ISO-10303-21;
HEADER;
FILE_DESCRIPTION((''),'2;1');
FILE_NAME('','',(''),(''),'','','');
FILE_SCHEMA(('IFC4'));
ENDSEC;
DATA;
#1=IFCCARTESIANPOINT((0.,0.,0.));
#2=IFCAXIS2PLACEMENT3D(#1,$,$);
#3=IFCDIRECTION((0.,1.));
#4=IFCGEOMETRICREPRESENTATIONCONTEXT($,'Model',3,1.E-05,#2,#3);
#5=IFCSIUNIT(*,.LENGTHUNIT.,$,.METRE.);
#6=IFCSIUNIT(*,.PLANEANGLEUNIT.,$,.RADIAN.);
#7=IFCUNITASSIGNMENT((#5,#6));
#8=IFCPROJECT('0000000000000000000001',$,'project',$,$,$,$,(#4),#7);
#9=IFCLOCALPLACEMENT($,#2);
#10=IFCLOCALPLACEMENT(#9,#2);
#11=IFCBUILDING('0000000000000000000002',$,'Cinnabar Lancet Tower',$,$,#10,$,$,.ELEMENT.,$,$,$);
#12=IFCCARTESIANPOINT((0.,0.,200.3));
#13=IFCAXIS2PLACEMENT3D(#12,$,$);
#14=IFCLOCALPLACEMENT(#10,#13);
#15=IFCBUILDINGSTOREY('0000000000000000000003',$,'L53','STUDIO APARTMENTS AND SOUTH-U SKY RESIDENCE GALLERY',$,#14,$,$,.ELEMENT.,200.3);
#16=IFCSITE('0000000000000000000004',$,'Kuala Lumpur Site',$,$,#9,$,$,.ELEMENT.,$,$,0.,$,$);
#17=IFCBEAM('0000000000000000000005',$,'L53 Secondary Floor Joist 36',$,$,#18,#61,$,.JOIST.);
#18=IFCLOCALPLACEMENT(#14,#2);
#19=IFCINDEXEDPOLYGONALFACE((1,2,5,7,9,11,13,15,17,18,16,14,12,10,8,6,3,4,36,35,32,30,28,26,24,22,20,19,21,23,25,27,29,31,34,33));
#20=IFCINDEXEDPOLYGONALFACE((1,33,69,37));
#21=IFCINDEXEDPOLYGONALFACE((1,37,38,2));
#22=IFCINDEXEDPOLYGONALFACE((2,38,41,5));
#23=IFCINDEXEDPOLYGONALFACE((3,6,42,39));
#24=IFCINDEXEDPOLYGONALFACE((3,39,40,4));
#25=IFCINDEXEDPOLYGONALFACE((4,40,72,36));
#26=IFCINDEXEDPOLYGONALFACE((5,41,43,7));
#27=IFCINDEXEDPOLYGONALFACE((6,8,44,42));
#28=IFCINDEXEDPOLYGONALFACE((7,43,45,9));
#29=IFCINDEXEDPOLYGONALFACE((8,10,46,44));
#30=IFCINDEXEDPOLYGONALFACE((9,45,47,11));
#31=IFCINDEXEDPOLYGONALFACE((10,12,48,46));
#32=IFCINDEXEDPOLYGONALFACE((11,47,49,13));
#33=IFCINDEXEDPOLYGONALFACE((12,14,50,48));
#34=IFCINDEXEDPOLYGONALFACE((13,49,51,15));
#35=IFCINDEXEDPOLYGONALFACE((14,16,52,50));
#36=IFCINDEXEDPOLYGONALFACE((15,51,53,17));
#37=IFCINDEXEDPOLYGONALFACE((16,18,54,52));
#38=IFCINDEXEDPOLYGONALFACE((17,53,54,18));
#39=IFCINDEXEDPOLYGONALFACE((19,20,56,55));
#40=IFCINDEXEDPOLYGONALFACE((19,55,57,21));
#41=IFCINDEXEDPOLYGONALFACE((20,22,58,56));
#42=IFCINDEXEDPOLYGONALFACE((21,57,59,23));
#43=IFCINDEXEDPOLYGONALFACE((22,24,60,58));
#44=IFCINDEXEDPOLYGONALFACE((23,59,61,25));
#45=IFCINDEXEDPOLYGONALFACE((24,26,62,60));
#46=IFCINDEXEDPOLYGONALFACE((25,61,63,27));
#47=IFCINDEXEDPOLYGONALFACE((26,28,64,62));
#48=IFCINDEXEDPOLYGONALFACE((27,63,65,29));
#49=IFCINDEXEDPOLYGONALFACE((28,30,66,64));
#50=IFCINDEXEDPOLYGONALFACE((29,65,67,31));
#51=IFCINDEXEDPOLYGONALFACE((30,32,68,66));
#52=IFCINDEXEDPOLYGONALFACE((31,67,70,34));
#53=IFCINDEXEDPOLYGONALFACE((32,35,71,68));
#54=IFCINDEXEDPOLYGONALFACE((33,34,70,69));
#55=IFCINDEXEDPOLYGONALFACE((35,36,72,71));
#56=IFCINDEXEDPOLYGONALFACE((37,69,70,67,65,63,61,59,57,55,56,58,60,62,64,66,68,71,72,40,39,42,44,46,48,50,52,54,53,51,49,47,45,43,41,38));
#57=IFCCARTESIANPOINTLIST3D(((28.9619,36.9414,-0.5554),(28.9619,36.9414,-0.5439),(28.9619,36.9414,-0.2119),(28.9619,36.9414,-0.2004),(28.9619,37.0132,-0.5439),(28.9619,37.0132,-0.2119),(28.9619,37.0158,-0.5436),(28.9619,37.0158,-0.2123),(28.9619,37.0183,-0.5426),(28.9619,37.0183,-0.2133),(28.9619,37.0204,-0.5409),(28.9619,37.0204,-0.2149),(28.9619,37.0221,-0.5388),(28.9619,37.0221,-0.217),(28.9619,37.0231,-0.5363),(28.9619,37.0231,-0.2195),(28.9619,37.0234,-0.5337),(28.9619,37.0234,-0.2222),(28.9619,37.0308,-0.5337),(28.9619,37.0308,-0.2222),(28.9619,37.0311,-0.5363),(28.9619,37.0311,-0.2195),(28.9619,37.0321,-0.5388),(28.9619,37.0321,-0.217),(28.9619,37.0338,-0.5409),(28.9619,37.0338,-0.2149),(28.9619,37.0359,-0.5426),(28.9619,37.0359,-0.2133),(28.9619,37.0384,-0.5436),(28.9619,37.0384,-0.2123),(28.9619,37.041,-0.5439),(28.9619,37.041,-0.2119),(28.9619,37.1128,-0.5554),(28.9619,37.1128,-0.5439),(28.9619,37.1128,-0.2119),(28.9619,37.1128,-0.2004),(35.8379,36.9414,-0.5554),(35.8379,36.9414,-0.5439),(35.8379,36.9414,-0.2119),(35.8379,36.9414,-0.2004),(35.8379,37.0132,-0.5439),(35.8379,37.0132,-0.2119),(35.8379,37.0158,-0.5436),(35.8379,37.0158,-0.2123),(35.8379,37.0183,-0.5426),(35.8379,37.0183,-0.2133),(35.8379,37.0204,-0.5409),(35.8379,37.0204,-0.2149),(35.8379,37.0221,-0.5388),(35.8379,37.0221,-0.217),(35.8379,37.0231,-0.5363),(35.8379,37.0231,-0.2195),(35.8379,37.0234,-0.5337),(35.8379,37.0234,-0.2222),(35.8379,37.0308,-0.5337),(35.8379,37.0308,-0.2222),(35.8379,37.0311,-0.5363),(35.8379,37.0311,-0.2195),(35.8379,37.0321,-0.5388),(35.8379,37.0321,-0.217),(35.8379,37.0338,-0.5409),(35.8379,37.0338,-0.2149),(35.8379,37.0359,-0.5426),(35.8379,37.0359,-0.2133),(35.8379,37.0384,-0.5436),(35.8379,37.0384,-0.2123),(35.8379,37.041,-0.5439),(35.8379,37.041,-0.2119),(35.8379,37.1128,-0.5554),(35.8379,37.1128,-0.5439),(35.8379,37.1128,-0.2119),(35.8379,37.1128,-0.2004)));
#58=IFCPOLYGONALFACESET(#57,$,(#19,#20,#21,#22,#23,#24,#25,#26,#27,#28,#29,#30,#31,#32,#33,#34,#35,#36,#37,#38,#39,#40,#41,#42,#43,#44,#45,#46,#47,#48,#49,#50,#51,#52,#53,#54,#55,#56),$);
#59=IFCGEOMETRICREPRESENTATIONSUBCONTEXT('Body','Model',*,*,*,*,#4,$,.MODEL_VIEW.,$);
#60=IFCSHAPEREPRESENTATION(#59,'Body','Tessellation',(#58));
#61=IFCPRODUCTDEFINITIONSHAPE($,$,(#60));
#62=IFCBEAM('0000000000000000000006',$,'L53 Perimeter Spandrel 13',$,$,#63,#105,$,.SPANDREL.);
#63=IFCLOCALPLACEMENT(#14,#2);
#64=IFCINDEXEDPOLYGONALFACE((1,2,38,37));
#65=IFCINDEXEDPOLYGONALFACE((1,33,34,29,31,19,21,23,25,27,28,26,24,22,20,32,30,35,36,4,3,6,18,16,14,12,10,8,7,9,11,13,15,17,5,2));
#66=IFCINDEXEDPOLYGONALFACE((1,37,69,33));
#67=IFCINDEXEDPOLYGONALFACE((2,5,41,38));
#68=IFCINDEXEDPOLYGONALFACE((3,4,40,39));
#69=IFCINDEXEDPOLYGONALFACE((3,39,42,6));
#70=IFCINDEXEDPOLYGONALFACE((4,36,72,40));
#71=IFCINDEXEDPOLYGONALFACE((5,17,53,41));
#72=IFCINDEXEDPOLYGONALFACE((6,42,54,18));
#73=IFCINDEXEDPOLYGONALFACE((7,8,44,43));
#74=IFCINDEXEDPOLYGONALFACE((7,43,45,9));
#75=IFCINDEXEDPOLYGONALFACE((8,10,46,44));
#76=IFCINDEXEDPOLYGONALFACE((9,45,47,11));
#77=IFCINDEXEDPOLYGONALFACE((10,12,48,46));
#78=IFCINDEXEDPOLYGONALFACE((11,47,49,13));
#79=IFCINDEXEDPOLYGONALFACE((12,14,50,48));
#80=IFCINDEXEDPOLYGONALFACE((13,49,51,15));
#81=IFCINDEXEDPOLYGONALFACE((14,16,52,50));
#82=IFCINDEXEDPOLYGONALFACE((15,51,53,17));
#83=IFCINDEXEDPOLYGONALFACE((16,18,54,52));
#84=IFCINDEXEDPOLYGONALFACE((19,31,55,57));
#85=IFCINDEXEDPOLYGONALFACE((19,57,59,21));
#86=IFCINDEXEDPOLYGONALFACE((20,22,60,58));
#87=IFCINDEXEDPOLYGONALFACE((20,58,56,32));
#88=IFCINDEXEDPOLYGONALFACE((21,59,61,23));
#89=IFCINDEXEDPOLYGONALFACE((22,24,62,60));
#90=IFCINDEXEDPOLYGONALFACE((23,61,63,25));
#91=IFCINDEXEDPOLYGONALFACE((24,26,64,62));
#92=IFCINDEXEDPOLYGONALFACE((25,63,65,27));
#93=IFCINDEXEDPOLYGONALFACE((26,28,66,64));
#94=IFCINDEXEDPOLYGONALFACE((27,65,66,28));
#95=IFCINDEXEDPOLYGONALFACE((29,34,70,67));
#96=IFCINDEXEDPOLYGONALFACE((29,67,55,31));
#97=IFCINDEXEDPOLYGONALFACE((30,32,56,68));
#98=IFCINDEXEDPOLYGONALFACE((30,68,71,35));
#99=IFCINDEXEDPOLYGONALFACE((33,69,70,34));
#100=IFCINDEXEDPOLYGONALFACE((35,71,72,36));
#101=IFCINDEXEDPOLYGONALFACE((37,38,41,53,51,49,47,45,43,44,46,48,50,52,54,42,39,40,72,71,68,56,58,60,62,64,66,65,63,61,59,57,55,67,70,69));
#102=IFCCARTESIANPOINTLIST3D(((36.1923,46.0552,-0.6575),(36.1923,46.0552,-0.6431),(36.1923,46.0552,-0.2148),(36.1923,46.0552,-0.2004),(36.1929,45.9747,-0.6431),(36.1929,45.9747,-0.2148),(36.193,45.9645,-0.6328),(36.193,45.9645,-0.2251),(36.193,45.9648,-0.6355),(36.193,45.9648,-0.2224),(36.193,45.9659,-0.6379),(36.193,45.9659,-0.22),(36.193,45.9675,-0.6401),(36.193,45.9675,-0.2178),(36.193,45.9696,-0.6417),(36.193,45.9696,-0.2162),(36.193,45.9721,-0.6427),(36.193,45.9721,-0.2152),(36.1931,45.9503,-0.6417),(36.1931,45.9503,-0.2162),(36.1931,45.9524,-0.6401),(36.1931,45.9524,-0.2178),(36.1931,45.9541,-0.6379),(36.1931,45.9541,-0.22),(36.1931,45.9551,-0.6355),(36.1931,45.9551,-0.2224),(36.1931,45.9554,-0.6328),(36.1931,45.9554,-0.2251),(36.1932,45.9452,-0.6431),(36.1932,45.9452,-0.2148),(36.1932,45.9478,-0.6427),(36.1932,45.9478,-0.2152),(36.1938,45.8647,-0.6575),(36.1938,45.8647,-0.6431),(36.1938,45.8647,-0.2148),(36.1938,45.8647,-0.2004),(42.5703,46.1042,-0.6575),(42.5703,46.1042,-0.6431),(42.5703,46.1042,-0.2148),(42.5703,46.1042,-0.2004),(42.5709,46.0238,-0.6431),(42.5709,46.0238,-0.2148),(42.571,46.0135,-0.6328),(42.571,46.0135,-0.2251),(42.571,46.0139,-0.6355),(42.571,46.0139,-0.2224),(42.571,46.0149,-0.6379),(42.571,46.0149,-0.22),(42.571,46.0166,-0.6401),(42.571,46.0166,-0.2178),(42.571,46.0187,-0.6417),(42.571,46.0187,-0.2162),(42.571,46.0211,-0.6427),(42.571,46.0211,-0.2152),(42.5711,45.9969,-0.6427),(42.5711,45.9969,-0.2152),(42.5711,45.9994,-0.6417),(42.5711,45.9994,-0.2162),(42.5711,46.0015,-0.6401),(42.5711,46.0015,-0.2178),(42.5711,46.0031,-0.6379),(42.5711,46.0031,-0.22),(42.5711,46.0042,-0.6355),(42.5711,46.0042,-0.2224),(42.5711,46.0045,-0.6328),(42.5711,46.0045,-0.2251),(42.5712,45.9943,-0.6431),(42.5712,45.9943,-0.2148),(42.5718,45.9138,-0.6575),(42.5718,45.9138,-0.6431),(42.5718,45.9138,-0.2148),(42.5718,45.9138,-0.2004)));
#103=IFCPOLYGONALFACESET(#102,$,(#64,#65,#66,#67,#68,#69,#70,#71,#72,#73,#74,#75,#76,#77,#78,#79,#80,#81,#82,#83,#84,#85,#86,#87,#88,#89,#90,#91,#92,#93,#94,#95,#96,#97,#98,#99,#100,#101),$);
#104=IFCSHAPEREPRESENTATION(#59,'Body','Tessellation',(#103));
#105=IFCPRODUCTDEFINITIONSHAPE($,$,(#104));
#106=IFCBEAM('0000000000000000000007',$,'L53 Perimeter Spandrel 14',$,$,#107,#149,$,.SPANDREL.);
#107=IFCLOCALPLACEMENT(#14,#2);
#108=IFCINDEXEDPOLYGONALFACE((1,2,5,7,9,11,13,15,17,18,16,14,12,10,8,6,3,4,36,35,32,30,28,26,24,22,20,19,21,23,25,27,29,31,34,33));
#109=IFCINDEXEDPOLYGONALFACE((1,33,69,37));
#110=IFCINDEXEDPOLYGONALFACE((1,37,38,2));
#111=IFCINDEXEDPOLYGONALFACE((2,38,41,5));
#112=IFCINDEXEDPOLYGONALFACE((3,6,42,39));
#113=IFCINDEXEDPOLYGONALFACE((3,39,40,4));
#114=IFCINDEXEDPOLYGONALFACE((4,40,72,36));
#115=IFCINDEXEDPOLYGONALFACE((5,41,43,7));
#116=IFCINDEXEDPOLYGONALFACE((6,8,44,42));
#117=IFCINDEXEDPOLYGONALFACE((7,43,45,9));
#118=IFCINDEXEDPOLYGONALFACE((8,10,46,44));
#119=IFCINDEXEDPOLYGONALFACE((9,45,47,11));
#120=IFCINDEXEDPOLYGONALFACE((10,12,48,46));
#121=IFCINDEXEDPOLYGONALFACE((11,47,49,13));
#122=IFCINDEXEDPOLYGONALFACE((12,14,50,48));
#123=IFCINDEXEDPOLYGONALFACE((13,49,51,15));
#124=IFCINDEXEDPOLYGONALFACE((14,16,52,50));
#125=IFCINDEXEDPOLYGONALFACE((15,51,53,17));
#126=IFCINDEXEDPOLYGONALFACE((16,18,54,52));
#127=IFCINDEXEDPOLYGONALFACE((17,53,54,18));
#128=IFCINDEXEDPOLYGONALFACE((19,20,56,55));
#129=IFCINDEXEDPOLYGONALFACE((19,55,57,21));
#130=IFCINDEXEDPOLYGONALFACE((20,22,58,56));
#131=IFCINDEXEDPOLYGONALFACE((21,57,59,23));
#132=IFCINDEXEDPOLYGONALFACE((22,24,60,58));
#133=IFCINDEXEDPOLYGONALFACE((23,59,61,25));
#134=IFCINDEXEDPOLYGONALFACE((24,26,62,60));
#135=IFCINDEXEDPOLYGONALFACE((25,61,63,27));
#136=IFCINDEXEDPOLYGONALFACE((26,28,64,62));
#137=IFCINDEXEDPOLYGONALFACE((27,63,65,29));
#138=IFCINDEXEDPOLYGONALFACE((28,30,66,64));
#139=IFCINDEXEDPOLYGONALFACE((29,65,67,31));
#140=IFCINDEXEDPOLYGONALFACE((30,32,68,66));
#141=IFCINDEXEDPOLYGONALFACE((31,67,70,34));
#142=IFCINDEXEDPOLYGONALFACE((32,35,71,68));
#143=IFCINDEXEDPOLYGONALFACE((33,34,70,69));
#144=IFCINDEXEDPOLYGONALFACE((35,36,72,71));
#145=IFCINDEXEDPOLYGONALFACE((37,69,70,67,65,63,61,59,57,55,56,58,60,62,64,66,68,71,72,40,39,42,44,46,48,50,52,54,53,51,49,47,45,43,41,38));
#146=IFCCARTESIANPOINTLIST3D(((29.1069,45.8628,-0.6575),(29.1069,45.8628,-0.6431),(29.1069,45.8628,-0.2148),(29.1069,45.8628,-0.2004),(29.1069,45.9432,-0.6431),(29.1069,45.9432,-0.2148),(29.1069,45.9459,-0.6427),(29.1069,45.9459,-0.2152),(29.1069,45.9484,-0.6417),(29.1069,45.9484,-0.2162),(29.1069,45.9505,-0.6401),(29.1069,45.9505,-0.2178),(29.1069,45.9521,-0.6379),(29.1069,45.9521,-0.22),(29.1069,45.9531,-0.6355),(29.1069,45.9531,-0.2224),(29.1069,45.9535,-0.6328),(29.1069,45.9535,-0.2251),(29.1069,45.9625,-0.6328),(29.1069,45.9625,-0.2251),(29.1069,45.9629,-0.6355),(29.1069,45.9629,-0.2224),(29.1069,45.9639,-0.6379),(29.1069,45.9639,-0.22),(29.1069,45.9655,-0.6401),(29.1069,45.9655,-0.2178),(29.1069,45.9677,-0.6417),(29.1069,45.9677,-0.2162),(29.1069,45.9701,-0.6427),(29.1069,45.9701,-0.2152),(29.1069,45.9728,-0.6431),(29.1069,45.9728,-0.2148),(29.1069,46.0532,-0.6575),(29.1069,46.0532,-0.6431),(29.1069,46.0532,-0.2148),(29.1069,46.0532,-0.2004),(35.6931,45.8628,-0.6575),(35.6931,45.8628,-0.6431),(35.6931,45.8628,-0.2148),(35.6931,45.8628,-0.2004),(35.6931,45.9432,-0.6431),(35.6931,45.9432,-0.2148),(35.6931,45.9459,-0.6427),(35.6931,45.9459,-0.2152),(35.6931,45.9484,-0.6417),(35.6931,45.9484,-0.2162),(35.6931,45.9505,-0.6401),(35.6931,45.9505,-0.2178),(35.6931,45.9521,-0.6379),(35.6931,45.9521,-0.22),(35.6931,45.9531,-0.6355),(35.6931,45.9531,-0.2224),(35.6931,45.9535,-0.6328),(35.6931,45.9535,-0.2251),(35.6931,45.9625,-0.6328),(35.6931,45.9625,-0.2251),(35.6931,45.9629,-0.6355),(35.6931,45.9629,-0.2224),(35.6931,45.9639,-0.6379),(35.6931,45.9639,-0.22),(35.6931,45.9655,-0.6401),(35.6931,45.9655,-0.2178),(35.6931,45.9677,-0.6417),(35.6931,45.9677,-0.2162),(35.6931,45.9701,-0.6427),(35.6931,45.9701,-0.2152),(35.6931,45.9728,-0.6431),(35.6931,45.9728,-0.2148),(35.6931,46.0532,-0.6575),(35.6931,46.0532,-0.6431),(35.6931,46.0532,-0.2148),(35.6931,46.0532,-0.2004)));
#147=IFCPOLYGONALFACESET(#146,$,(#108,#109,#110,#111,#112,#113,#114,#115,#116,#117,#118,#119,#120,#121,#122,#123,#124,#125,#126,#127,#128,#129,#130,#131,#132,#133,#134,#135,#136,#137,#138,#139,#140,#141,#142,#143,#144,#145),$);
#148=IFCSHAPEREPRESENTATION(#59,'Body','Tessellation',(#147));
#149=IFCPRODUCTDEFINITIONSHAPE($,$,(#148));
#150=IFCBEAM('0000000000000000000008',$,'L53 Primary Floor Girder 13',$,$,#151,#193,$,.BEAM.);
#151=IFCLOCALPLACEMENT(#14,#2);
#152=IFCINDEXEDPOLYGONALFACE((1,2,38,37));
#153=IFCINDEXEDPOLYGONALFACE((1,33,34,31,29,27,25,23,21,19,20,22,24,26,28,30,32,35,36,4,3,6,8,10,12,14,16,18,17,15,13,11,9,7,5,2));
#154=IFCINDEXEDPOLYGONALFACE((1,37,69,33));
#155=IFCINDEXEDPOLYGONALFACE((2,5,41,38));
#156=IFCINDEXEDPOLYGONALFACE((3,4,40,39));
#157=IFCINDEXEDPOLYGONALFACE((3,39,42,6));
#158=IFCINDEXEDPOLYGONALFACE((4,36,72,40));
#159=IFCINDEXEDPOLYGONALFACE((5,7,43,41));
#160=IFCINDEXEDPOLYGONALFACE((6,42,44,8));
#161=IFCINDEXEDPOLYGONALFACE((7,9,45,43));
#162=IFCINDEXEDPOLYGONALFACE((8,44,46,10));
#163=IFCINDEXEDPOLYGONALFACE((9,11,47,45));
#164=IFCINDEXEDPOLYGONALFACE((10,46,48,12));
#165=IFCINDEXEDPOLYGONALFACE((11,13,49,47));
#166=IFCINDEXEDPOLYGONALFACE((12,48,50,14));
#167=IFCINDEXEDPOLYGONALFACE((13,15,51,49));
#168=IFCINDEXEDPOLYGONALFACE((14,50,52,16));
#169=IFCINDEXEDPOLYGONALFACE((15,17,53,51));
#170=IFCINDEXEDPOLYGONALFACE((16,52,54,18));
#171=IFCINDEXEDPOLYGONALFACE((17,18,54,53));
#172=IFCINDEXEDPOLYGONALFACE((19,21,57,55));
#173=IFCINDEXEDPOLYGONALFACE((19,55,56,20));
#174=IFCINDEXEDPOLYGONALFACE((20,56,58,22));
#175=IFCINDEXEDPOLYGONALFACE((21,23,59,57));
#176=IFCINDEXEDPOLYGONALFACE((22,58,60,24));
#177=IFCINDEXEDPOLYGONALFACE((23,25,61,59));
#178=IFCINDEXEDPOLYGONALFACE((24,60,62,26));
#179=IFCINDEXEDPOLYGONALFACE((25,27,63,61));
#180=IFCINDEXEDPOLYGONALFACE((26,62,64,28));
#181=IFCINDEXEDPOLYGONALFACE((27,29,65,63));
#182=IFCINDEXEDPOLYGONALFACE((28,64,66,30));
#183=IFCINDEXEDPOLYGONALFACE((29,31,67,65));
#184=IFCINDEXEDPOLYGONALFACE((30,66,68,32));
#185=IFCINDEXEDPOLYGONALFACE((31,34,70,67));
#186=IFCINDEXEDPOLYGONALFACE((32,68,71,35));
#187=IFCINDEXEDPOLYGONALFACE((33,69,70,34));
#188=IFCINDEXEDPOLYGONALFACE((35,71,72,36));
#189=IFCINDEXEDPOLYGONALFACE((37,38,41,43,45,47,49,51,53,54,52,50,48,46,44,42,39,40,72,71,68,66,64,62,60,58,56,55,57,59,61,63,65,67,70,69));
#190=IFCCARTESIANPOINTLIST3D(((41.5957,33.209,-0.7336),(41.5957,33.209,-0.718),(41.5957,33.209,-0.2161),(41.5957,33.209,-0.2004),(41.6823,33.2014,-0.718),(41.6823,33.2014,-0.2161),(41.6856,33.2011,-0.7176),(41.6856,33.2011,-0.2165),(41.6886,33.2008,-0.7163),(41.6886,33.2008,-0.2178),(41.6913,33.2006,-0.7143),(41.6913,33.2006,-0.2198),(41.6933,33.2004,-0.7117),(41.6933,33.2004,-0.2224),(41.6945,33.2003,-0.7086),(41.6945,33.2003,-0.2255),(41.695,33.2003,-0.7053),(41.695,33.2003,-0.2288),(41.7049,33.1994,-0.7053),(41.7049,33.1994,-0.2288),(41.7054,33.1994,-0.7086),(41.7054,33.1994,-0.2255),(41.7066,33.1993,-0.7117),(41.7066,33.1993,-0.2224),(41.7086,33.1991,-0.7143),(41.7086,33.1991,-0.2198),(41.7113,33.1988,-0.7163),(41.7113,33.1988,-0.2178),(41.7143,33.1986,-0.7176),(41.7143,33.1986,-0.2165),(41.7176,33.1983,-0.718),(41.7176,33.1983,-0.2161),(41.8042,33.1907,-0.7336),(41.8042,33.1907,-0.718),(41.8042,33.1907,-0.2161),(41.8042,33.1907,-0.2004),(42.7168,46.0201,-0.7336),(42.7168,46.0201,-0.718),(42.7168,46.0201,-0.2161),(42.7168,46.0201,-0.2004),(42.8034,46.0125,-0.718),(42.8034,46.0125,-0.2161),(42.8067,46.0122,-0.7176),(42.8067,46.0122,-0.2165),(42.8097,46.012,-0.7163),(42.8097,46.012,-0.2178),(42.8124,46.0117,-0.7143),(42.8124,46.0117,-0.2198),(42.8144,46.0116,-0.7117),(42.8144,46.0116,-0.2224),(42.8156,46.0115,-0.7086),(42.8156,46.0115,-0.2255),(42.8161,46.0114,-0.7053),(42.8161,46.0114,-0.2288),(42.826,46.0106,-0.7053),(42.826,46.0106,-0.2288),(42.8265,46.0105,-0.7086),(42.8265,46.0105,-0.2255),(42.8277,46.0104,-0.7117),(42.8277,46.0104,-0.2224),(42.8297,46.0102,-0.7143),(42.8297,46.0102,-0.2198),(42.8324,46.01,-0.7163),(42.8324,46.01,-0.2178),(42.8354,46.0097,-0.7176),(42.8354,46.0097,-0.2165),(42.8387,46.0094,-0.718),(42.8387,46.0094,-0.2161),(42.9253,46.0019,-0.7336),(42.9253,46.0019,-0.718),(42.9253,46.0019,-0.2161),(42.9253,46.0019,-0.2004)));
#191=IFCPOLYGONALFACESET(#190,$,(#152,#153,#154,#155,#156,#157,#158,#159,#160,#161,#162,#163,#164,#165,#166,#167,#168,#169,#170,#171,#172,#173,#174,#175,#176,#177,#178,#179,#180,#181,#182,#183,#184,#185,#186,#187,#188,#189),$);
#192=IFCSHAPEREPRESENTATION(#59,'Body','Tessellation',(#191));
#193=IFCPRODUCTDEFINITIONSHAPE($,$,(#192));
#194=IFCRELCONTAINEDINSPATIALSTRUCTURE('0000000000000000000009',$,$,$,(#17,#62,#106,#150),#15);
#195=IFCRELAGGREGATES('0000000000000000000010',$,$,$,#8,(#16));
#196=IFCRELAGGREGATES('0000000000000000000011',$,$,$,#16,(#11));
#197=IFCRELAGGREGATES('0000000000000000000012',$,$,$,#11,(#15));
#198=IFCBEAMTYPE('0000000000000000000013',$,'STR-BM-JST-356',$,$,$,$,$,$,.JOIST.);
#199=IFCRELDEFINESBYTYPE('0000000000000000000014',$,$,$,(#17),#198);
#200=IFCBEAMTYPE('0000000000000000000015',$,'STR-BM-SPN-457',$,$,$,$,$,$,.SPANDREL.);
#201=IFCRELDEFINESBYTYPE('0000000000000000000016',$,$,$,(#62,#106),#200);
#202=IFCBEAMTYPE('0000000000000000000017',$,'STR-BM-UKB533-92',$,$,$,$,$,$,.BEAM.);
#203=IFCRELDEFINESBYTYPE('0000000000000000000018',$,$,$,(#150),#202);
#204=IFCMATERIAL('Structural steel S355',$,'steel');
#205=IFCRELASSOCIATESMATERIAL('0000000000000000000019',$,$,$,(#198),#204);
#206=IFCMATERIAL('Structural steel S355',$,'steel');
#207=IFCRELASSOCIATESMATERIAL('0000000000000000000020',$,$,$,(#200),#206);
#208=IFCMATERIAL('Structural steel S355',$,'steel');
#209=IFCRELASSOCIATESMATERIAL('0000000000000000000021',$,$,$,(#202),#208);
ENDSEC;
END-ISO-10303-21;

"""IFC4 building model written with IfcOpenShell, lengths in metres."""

from ifc_helpers import new_model, si_unit, direction, frame, origin, origin_2d, place, context, subcontext, project, spatial, i_section, extrude, material, material_profile, profile_set, type_object, element, save


model = new_model("IFC4")

# Units and contexts
model_context = context("Model", 3, precision=1e-05, world=origin(), true_north=direction((0.0, 1.0)))
body_context = subcontext(model_context, "Body", "Model", "MODEL_VIEW")
ifc_project = project(units=[si_unit("LENGTHUNIT", "METRE"), si_unit("PLANEANGLEUNIT", "RADIAN")], contexts=[model_context])

# Site, building, storey
site_placement = place(None, origin())
site = spatial("IfcSite", under=ifc_project, at=site_placement, Name="Kuala Lumpur Site", CompositionType="ELEMENT", RefElevation=0.0)
building_placement = place(site_placement, origin())
building = spatial("IfcBuilding", under=site, at=building_placement, Name="Cinnabar Lancet Tower", CompositionType="ELEMENT")
storey_placement = place(building_placement, frame((0.0, 0.0, 200.3)))
storey = spatial("IfcBuildingStorey", under=building, at=storey_placement, Name="L53", Description="STUDIO APARTMENTS AND SOUTH-U SKY RESIDENCE GALLERY", CompositionType="ELEMENT", Elevation=200.3)

# Beams
ifc_material_1 = material(Name="Structural steel S355", Category="steel")
ifc_material_profile_1 = material_profile(ifc_material_1, i_section(OverallWidth=0.1714, OverallDepth=0.355, WebThickness=0.0073, FlangeThickness=0.0115, FilletRadius=0.0103, at=origin_2d()), Name="UKB 356x171x51")
ifc_profile_set_1 = profile_set([ifc_material_profile_1], Name="Structural steel S355")
beam_type_1 = type_object("IfcBeamType", Name="STR-BM-JST-356", PredefinedType="JOIST", material=ifc_profile_set_1)
for number, where, z_axis, x_axis, name in (
    (1, (35.8379, 37.0271, -0.3779), (-1.0, 0.0, 0.0), (0.0, -1.0, 0.0), "L53 Secondary Floor Joist 36"),
):
    element("IfcBeam", number, at=place(storey_placement, frame(where, z_axis=z_axis, x_axis=x_axis)), inside=storey, type_object=beam_type_1, Name=name, PredefinedType="JOIST", context=body_context, shape_type="SweptSolid", body=[
        extrude(i_section(OverallWidth=0.1714, OverallDepth=0.355, WebThickness=0.0073, FlangeThickness=0.0115, FilletRadius=0.0103, at=origin_2d()), origin(), (0.0, 0.0, 1.0), 6.876),
    ])
ifc_material_2 = material(Name="Structural steel S355", Category="steel")
ifc_material_profile_2 = material_profile(ifc_material_2, i_section(OverallWidth=0.1904, OverallDepth=0.457, WebThickness=0.009, FlangeThickness=0.0144, FilletRadius=0.0103, at=origin_2d()), Name="UKB 457x191x74")
ifc_profile_set_2 = profile_set([ifc_material_profile_2], Name="Structural steel S355")
beam_type_2 = type_object("IfcBeamType", Name="STR-BM-SPN-457", PredefinedType="SPANDREL", material=ifc_profile_set_2)
beam_1_placement = place(storey_placement, frame((42.571, 46.009, -0.429), z_axis=(-0.99997, -0.007694, 0.0), x_axis=(0.007694, -0.99997, 0.0)))
element("IfcBeam", 2, at=beam_1_placement, inside=storey, type_object=beam_type_2, Name="L53 Perimeter Spandrel 13", PredefinedType="SPANDREL", context=body_context, shape_type="SweptSolid", body=[
    extrude(i_section(OverallWidth=0.1904, OverallDepth=0.457, WebThickness=0.009, FlangeThickness=0.0144, FilletRadius=0.0103, at=origin_2d()), origin(), (0.0, 0.0, 1.0), 6.3782),
])
beam_2_placement = place(storey_placement, frame((35.6931, 45.958, -0.429), z_axis=(-1.0, 0.0, 0.0), x_axis=(0.0, -1.0, 0.0)))
element("IfcBeam", 3, at=beam_2_placement, inside=storey, type_object=beam_type_2, Name="L53 Perimeter Spandrel 14", PredefinedType="SPANDREL", context=body_context, shape_type="SweptSolid", body=[
    extrude(i_section(OverallWidth=0.1904, OverallDepth=0.457, WebThickness=0.009, FlangeThickness=0.0144, FilletRadius=0.0103, at=origin_2d()), origin(), (0.0, 0.0, 1.0), 6.5862),
])
ifc_material_3 = material(Name="Structural steel S355", Category="steel")
ifc_material_profile_3 = material_profile(ifc_material_3, i_section(OverallWidth=0.2092, OverallDepth=0.5332, WebThickness=0.01, FlangeThickness=0.0156, FilletRadius=0.0127, at=origin_2d()), Name="UKB 533x210x92")
ifc_profile_set_3 = profile_set([ifc_material_profile_3], Name="Structural steel S355")
beam_type_3 = type_object("IfcBeamType", Name="STR-BM-UKB533-92", PredefinedType="BEAM", material=ifc_profile_set_3)
beam_3_placement = place(storey_placement, frame((42.821, 46.011, -0.467), z_axis=(-0.087177, -0.996193, 0.0), x_axis=(0.996193, -0.087177, 0.0)))
element("IfcBeam", 4, at=beam_3_placement, inside=storey, type_object=beam_type_3, Name="L53 Primary Floor Girder 13", PredefinedType="BEAM", context=body_context, shape_type="SweptSolid", body=[
    extrude(i_section(OverallWidth=0.2092, OverallDepth=0.5332, WebThickness=0.01, FlangeThickness=0.0156, FilletRadius=0.0127, at=origin_2d()), origin(), (0.0, 0.0, 1.0), 12.8601),
])

save(model, "model.ifc")
